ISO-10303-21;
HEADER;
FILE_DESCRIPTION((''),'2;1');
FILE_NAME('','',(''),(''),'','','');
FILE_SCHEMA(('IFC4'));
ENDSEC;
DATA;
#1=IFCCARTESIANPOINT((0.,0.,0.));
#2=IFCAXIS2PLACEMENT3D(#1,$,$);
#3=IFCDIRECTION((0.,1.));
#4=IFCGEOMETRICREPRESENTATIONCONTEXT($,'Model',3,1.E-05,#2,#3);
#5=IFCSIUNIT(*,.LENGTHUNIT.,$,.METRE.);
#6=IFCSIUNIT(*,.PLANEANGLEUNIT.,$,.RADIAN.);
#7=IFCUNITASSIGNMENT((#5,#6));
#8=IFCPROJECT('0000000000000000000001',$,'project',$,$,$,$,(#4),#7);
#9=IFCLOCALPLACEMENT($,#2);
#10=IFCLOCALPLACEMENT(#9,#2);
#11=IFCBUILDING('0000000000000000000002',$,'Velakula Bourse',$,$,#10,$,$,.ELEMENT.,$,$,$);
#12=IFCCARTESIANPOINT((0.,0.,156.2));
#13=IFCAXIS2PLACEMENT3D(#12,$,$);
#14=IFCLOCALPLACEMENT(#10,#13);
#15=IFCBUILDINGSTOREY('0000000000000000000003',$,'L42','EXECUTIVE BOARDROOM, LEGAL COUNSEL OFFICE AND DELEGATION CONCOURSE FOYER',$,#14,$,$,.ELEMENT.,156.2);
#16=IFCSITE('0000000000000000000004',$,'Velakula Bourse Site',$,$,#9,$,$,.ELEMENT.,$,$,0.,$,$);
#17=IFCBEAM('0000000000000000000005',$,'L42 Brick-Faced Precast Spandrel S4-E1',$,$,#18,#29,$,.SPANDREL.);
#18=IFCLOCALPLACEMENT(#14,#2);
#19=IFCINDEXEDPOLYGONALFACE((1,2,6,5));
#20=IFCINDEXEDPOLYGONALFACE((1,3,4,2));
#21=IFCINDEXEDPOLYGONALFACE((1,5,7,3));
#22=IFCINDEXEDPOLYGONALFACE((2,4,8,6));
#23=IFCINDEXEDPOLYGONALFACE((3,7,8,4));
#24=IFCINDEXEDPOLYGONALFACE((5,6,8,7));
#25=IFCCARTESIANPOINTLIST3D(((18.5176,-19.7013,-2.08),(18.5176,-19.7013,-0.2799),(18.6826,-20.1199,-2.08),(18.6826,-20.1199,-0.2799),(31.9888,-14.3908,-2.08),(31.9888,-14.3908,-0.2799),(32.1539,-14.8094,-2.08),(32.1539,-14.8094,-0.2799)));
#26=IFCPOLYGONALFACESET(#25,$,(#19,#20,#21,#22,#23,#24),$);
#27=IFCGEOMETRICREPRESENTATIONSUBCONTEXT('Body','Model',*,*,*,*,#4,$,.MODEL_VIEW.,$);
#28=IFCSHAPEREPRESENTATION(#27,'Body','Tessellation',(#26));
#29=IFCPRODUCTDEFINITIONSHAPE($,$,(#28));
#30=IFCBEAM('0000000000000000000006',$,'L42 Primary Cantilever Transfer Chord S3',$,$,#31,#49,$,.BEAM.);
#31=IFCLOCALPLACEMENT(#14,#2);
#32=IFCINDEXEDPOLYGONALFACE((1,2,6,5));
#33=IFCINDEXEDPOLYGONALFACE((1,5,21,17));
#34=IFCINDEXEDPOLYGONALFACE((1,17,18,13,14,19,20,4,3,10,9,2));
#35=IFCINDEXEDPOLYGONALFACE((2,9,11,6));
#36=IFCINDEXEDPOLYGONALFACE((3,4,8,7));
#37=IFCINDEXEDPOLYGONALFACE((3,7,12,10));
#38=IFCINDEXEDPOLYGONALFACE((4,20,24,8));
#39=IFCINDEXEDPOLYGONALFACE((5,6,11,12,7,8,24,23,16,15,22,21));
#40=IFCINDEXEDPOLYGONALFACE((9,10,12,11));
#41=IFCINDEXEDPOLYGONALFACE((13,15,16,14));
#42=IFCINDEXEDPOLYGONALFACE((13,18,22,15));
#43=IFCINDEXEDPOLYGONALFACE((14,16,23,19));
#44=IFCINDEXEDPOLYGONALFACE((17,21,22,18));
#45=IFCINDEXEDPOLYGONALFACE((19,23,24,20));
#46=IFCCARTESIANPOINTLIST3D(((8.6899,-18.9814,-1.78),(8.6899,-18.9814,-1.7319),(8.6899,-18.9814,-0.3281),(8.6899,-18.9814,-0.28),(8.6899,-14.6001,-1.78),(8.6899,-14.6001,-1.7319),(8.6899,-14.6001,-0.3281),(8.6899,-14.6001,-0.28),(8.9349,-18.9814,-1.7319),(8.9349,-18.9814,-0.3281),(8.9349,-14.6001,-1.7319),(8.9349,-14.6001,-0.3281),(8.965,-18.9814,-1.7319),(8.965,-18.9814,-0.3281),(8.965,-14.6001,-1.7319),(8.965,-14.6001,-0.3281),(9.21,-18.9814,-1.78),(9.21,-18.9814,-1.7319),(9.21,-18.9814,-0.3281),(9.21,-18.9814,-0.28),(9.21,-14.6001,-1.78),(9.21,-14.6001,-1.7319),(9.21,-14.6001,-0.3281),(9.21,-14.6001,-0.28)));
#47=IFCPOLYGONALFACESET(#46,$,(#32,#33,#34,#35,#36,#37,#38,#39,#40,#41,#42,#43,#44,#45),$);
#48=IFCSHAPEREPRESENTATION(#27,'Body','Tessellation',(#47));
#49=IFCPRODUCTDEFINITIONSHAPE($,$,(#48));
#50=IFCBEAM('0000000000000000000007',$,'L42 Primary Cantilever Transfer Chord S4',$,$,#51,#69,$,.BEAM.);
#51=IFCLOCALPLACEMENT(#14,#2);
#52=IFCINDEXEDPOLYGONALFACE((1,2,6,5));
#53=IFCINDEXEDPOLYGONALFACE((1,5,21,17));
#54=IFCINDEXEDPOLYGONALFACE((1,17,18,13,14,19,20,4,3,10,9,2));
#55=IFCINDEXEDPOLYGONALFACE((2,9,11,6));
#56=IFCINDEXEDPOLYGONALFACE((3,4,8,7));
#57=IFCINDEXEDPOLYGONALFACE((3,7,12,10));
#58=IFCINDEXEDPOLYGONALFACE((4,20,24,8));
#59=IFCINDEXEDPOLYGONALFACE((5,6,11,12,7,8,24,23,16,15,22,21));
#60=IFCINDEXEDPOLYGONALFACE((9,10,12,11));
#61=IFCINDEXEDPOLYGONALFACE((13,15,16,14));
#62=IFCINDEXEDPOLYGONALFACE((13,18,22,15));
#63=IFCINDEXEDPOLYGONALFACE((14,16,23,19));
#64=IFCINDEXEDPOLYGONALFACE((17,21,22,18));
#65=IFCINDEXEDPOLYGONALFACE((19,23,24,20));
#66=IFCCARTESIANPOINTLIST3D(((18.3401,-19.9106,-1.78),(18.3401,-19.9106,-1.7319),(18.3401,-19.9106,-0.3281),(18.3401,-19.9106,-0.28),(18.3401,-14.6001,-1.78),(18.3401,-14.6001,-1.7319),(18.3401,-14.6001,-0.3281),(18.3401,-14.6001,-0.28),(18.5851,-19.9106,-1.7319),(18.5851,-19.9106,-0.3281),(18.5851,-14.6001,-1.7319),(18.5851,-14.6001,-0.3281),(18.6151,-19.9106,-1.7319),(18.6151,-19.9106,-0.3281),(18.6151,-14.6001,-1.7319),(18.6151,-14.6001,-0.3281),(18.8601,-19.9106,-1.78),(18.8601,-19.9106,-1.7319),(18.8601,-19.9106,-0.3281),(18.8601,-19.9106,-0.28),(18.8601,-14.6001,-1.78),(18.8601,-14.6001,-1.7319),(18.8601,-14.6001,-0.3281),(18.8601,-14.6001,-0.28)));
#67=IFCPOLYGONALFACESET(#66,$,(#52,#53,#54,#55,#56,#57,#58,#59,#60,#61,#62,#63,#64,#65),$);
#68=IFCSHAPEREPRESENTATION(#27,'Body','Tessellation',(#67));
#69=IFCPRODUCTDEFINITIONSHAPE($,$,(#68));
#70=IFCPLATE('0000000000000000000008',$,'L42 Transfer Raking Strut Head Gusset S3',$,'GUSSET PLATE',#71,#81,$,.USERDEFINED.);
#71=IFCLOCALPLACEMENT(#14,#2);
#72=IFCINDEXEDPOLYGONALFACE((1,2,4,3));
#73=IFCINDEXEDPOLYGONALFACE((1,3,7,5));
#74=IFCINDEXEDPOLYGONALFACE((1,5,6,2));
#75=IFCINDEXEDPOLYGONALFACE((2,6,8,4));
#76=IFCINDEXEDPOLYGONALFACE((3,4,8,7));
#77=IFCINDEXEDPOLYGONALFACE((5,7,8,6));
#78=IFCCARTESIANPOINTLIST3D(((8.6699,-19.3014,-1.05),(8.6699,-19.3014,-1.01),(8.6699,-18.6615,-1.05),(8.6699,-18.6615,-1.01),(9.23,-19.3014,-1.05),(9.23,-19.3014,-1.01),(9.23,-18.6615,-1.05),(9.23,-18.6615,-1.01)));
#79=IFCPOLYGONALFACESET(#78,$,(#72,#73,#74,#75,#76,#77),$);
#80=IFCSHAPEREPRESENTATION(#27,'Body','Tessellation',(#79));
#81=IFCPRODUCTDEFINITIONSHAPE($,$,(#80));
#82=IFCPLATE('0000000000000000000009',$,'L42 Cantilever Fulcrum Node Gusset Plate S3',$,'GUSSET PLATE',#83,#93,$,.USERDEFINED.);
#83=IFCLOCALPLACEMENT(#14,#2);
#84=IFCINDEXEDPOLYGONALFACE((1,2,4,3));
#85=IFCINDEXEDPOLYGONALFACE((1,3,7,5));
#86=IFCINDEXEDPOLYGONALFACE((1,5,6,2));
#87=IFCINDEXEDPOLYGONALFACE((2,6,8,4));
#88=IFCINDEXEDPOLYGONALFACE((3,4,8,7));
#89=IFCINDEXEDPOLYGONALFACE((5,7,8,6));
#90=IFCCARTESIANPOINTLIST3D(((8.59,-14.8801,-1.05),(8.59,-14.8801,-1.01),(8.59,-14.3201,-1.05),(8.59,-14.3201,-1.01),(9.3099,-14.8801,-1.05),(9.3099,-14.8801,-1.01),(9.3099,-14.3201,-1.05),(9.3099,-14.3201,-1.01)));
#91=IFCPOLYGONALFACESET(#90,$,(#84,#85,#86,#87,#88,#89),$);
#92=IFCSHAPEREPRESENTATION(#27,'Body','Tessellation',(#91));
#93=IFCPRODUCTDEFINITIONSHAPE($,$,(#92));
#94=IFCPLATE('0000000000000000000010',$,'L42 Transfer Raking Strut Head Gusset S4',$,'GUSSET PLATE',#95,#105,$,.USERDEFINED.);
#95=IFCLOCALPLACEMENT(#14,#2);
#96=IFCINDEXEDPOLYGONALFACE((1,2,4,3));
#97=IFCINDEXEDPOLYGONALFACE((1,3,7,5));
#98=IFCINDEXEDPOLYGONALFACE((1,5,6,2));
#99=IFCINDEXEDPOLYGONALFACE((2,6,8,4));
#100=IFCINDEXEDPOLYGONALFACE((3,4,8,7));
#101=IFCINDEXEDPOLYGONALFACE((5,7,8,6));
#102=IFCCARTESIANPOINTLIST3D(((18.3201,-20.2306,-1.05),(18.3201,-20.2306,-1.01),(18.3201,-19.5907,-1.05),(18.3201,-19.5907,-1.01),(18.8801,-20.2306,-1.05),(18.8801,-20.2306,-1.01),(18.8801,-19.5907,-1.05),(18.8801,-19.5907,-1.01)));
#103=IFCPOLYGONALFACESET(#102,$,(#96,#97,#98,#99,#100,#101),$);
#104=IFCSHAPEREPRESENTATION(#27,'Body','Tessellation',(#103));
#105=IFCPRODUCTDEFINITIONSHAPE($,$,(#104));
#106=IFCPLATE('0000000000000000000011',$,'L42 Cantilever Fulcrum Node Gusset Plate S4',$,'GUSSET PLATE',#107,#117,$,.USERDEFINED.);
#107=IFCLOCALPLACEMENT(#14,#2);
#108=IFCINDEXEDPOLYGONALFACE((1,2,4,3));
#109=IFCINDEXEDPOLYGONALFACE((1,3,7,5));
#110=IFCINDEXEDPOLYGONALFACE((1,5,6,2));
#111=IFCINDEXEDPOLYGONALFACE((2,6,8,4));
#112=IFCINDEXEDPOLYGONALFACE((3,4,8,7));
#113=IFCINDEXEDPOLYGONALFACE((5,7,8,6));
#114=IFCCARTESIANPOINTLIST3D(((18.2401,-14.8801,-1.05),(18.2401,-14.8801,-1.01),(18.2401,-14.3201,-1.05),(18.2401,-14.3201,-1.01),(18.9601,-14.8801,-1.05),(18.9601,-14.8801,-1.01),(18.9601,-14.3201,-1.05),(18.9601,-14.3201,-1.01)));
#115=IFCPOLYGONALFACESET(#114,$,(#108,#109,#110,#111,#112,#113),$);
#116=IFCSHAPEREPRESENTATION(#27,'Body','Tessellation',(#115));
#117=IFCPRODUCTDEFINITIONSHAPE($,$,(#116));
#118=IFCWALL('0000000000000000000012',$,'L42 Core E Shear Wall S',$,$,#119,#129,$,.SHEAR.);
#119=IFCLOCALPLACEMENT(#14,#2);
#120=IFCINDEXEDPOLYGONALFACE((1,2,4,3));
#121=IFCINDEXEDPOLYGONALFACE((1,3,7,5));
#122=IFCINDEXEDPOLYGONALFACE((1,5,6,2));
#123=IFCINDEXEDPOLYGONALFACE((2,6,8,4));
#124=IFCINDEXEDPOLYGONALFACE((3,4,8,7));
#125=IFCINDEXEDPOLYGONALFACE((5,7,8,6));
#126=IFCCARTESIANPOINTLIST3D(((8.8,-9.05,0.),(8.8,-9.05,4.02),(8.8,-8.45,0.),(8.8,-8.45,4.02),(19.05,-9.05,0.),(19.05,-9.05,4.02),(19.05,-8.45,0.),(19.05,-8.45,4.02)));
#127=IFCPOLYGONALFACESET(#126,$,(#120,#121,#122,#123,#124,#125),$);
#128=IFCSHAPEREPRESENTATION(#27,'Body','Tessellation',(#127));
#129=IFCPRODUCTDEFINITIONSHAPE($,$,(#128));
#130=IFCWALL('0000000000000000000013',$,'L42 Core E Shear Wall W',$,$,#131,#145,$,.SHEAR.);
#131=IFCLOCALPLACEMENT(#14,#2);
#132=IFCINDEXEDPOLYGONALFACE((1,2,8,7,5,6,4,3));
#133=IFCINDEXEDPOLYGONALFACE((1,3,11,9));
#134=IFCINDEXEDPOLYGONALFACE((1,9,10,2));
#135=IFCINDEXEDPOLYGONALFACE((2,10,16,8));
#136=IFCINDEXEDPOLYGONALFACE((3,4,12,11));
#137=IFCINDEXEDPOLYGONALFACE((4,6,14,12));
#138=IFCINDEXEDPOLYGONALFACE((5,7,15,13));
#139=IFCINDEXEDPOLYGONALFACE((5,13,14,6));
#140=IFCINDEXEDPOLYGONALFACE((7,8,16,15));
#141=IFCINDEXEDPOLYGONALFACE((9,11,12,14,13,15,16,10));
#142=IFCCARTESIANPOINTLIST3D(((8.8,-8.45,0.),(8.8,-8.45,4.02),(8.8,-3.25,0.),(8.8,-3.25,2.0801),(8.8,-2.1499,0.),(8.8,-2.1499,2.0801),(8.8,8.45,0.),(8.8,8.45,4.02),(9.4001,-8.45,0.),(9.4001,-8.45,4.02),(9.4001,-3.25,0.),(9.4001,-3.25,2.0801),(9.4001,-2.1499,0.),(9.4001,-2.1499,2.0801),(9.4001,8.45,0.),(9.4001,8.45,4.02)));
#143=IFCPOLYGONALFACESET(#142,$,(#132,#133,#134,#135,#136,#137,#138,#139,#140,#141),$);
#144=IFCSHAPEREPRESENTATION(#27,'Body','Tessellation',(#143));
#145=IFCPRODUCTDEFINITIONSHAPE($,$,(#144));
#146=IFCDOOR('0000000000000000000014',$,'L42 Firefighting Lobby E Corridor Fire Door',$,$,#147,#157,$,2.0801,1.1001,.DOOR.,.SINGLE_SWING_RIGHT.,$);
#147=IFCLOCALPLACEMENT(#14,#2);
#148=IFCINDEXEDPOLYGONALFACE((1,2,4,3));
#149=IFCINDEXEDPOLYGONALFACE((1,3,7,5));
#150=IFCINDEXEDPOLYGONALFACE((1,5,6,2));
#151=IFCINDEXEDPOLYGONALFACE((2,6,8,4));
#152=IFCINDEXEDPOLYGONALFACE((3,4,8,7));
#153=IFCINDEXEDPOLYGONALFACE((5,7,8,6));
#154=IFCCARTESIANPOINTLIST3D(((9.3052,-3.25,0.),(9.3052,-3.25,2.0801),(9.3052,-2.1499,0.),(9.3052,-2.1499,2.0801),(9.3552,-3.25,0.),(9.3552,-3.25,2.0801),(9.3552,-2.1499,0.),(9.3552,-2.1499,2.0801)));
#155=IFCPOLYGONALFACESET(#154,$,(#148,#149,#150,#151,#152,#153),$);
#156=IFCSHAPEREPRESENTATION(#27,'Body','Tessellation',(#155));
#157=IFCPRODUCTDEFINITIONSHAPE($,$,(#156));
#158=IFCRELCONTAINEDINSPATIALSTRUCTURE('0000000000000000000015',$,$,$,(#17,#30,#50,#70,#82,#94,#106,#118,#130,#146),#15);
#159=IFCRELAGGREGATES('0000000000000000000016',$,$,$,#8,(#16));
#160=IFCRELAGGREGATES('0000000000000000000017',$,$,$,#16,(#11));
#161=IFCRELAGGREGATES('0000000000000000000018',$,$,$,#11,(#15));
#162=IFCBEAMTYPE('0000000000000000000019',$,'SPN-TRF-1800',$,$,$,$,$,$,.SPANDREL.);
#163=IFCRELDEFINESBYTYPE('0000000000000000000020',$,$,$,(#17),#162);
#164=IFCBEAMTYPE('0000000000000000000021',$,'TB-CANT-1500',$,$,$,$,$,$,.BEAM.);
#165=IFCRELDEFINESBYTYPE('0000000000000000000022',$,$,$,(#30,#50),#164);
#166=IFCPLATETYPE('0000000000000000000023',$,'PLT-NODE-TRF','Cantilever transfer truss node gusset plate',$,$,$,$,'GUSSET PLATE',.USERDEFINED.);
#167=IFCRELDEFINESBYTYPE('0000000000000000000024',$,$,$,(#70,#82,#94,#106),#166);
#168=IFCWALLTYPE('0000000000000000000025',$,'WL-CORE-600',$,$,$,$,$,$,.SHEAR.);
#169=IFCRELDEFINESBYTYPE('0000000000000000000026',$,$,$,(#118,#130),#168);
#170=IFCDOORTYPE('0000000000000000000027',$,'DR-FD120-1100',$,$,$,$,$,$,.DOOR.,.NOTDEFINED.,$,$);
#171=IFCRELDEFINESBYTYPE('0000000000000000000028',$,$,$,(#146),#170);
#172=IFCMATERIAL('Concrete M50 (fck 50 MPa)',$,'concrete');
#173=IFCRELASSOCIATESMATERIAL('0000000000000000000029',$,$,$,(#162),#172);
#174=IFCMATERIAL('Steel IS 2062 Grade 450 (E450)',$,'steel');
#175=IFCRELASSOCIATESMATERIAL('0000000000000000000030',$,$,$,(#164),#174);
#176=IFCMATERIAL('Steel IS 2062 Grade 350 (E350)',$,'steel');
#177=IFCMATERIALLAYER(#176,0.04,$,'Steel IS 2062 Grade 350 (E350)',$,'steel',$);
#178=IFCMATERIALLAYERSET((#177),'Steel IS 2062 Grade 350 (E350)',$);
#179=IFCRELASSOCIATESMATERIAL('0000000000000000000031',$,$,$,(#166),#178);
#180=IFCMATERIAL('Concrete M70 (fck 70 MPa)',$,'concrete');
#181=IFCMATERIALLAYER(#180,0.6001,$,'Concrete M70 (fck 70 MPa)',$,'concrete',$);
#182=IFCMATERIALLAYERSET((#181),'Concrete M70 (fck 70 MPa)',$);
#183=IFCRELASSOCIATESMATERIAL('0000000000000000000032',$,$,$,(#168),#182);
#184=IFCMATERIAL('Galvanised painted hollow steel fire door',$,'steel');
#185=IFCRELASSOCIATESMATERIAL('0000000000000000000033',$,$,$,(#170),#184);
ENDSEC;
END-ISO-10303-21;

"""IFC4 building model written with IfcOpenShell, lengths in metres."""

from ifc_helpers import new_model, si_unit, direction, frame, frame_2d, origin, origin_2d, place, context, subcontext, project, spatial, rectangle, i_section, extrude, material, layer, layer_set, material_profile, profile_set, type_object, element, fill, save


model = new_model("IFC4")

# Units and contexts
model_context = context("Model", 3, precision=1e-05, world=origin(), true_north=direction((0.0, 1.0)))
body_context = subcontext(model_context, "Body", "Model", "MODEL_VIEW")
ifc_project = project(units=[si_unit("LENGTHUNIT", "METRE"), si_unit("PLANEANGLEUNIT", "RADIAN")], contexts=[model_context])

# Site, building, storey
site_placement = place(None, origin())
site = spatial("IfcSite", under=ifc_project, at=site_placement, Name="Velakula Bourse Site", CompositionType="ELEMENT", RefElevation=0.0)
building_placement = place(site_placement, origin())
building = spatial("IfcBuilding", under=site, at=building_placement, Name="Velakula Bourse", CompositionType="ELEMENT")
storey_placement = place(building_placement, frame((0.0, 0.0, 156.2)))
storey = spatial("IfcBuildingStorey", under=building, at=storey_placement, Name="L42", Description="EXECUTIVE BOARDROOM, LEGAL COUNSEL OFFICE AND DELEGATION CONCOURSE FOYER", CompositionType="ELEMENT", Elevation=156.2)

# Shared definitions
ifc_material_1 = material(Name="Concrete M70 (fck 70 MPa)", Category="concrete")
ifc_material_2 = material(Name="Steel IS 2062 Grade 350 (E350)", Category="steel")

# Beams
ifc_material_3 = material(Name="Concrete M50 (fck 50 MPa)", Category="concrete")
ifc_material_profile_1 = material_profile(ifc_material_3, rectangle(XDim=0.45, YDim=1.8, at=origin_2d()), Name="Concrete M50 (fck 50 MPa)")
ifc_profile_set_1 = profile_set([ifc_material_profile_1], Name="Concrete M50 (fck 50 MPa)")
beam_type_1 = type_object("IfcBeamType", Name="SPN-TRF-1800", PredefinedType="SPANDREL", material=ifc_profile_set_1)
beam_1_placement = place(storey_placement, frame((18.6001, -19.9106, -1.1799), z_axis=(0.930321, 0.366747, 0.0), x_axis=(-0.366747, 0.930321, 0.0)))
element("IfcBeam", 1, at=beam_1_placement, inside=storey, type_object=beam_type_1, Name="L42 Brick-Faced Precast Spandrel S4-E1", PredefinedType="SPANDREL", context=body_context, shape_type="SweptSolid", body=[
    extrude(rectangle(XDim=0.45, YDim=1.8, at=origin_2d()), origin(), (0.0, 0.0, 1.0), 14.4802),
])
ifc_material_4 = material(Name="Steel IS 2062 Grade 450 (E450)", Category="steel")
ifc_material_profile_2 = material_profile(ifc_material_4, i_section(OverallWidth=0.52, OverallDepth=1.5, WebThickness=0.03, FlangeThickness=0.0481, at=origin_2d()), Name="Steel IS 2062 Grade 450 (E450)")
ifc_profile_set_2 = profile_set([ifc_material_profile_2], Name="Steel IS 2062 Grade 450 (E450)")
beam_type_2 = type_object("IfcBeamType", Name="TB-CANT-1500", PredefinedType="BEAM", material=ifc_profile_set_2)
beam_2_placement = place(storey_placement, frame((8.95, -14.6001, -1.03), z_axis=(0.0, -1.0, 0.0), x_axis=(1.0, 0.0, 0.0)))
element("IfcBeam", 2, at=beam_2_placement, inside=storey, type_object=beam_type_2, Name="L42 Primary Cantilever Transfer Chord S3", PredefinedType="BEAM", context=body_context, shape_type="SweptSolid", body=[
    extrude(i_section(OverallWidth=0.52, OverallDepth=1.5, WebThickness=0.03, FlangeThickness=0.0481, at=origin_2d()), origin(), (0.0, 0.0, 1.0), 4.3813),
])
beam_3_placement = place(storey_placement, frame((18.6001, -14.6001, -1.03), z_axis=(0.0, -1.0, 0.0), x_axis=(1.0, 0.0, 0.0)))
element("IfcBeam", 3, at=beam_3_placement, inside=storey, type_object=beam_type_2, Name="L42 Primary Cantilever Transfer Chord S4", PredefinedType="BEAM", context=body_context, shape_type="SweptSolid", body=[
    extrude(i_section(OverallWidth=0.52, OverallDepth=1.5, WebThickness=0.03, FlangeThickness=0.0481, at=origin_2d()), origin(), (0.0, 0.0, 1.0), 5.3105),
])

# Plates
ifc_layer_1 = layer(ifc_material_2, 0.04, Name="Steel IS 2062 Grade 350 (E350)", Category="steel")
ifc_layer_set_1 = layer_set([ifc_layer_1], Name="Steel IS 2062 Grade 350 (E350)")
plate_type = type_object("IfcPlateType", Name="PLT-NODE-TRF", Description="Cantilever transfer truss node gusset plate", ElementType="GUSSET PLATE", PredefinedType="USERDEFINED", material=ifc_layer_set_1)
plate_1_placement = place(storey_placement, frame((8.95, -18.9814, -1.05), z_axis=(0.0, 0.0, 1.0), x_axis=(0.0, -1.0, 0.0)))
element("IfcPlate", 4, at=plate_1_placement, inside=storey, type_object=plate_type, Name="L42 Transfer Raking Strut Head Gusset S3", ObjectType="GUSSET PLATE", PredefinedType="USERDEFINED", context=body_context, shape_type="SweptSolid", body=[
    extrude(rectangle(XDim=0.6399, YDim=0.5601, at=origin_2d()), origin(), (0.0, 0.0, 1.0), 0.04),
])
plate_2_placement = place(storey_placement, frame((8.95, -14.6001, -1.05), z_axis=(0.0, 0.0, 1.0), x_axis=(0.0, 1.0, 0.0)))
element("IfcPlate", 5, at=plate_2_placement, inside=storey, type_object=plate_type, Name="L42 Cantilever Fulcrum Node Gusset Plate S3", ObjectType="GUSSET PLATE", PredefinedType="USERDEFINED", context=body_context, shape_type="SweptSolid", body=[
    extrude(rectangle(XDim=0.5601, YDim=0.72, at=origin_2d()), origin(), (0.0, 0.0, 1.0), 0.04),
])
plate_3_placement = place(storey_placement, frame((18.6001, -19.9106, -1.05), z_axis=(0.0, 0.0, 1.0), x_axis=(0.0, -1.0, 0.0)))
element("IfcPlate", 6, at=plate_3_placement, inside=storey, type_object=plate_type, Name="L42 Transfer Raking Strut Head Gusset S4", ObjectType="GUSSET PLATE", PredefinedType="USERDEFINED", context=body_context, shape_type="SweptSolid", body=[
    extrude(rectangle(XDim=0.6399, YDim=0.5601, at=origin_2d()), origin(), (0.0, 0.0, 1.0), 0.04),
])
plate_4_placement = place(storey_placement, frame((18.6001, -14.6001, -1.05), z_axis=(0.0, 0.0, 1.0), x_axis=(0.0, 1.0, 0.0)))
element("IfcPlate", 7, at=plate_4_placement, inside=storey, type_object=plate_type, Name="L42 Cantilever Fulcrum Node Gusset Plate S4", ObjectType="GUSSET PLATE", PredefinedType="USERDEFINED", context=body_context, shape_type="SweptSolid", body=[
    extrude(rectangle(XDim=0.5601, YDim=0.72, at=origin_2d()), origin(), (0.0, 0.0, 1.0), 0.04),
])

# Wall
ifc_layer_2 = layer(ifc_material_1, 0.6001, Name="Concrete M70 (fck 70 MPa)", Category="concrete")
ifc_layer_set_2 = layer_set([ifc_layer_2], Name="Concrete M70 (fck 70 MPa)")
wall_type_1 = type_object("IfcWallType", Name="WL-CORE-600", PredefinedType="SHEAR", material=ifc_layer_set_2)
wall_1_placement = place(storey_placement, frame((8.8, -8.75, 0.0), z_axis=(0.0, 0.0, 1.0), x_axis=(1.0, 0.0, 0.0)))
element("IfcWall", 8, at=wall_1_placement, inside=storey, type_object=wall_type_1, Name="L42 Core E Shear Wall S", PredefinedType="SHEAR", context=body_context, shape_type="SweptSolid", body=[
    extrude(rectangle(XDim=10.25, YDim=0.6001, at=frame_2d((5.125, 0.0))), origin(), (0.0, 0.0, 1.0), 4.02),
])

# Wall, opening, door
wall_2_placement = place(storey_placement, frame((9.1001, -8.45, 0.0), z_axis=(0.0, 0.0, 1.0), x_axis=(0.0, 1.0, 0.0)))
wall_2 = element("IfcWall", 9, at=wall_2_placement, inside=storey, type_object=wall_type_1, Name="L42 Core E Shear Wall W", PredefinedType="SHEAR", context=body_context, shape_type="SweptSolid", body=[
    extrude(rectangle(XDim=16.8999, YDim=0.6001, at=frame_2d((8.45, 0.0))), origin(), (0.0, 0.0, 1.0), 4.02),
])
opening_1_placement = place(wall_2_placement, frame((5.2, 0.0, 0.0)))
opening_1 = element("IfcOpeningElement", 10, at=opening_1_placement, cuts=wall_2, PredefinedType="OPENING", context=body_context, shape_type="SweptSolid", body=[
    extrude(rectangle(XDim=1.1001, YDim=2.0801, at=frame_2d((0.55, 1.04))), frame((0.0, 0.3101, 0.0), z_axis=(0.0, -1.0, 0.0), x_axis=(1.0, 0.0, 0.0)), (0.0, 0.0, 1.0), 0.6201),
])
ifc_material_5 = material(Name="Galvanised painted hollow steel fire door", Category="steel")
door_type = type_object("IfcDoorType", Name="DR-FD120-1100", OperationType="NOTDEFINED", PredefinedType="DOOR", material=ifc_material_5)
door_placement = place(opening_1_placement, origin())
door = element("IfcDoor", 11, at=door_placement, inside=storey, type_object=door_type, Name="L42 Firefighting Lobby E Corridor Fire Door", OperationType="SINGLE_SWING_RIGHT", OverallHeight=2.0801, OverallWidth=1.1001, PredefinedType="DOOR", context=body_context, shape_type="SweptSolid", body=[
    extrude(rectangle(XDim=1.1001, YDim=2.0801, at=frame_2d((0.55, 1.04))), frame((0.0, -0.2051, 0.0), z_axis=(0.0, -1.0, 0.0), x_axis=(1.0, 0.0, 0.0)), (0.0, 0.0, 1.0), 0.05),
])
fill(opening_1, door)

save(model, "model.ifc")
